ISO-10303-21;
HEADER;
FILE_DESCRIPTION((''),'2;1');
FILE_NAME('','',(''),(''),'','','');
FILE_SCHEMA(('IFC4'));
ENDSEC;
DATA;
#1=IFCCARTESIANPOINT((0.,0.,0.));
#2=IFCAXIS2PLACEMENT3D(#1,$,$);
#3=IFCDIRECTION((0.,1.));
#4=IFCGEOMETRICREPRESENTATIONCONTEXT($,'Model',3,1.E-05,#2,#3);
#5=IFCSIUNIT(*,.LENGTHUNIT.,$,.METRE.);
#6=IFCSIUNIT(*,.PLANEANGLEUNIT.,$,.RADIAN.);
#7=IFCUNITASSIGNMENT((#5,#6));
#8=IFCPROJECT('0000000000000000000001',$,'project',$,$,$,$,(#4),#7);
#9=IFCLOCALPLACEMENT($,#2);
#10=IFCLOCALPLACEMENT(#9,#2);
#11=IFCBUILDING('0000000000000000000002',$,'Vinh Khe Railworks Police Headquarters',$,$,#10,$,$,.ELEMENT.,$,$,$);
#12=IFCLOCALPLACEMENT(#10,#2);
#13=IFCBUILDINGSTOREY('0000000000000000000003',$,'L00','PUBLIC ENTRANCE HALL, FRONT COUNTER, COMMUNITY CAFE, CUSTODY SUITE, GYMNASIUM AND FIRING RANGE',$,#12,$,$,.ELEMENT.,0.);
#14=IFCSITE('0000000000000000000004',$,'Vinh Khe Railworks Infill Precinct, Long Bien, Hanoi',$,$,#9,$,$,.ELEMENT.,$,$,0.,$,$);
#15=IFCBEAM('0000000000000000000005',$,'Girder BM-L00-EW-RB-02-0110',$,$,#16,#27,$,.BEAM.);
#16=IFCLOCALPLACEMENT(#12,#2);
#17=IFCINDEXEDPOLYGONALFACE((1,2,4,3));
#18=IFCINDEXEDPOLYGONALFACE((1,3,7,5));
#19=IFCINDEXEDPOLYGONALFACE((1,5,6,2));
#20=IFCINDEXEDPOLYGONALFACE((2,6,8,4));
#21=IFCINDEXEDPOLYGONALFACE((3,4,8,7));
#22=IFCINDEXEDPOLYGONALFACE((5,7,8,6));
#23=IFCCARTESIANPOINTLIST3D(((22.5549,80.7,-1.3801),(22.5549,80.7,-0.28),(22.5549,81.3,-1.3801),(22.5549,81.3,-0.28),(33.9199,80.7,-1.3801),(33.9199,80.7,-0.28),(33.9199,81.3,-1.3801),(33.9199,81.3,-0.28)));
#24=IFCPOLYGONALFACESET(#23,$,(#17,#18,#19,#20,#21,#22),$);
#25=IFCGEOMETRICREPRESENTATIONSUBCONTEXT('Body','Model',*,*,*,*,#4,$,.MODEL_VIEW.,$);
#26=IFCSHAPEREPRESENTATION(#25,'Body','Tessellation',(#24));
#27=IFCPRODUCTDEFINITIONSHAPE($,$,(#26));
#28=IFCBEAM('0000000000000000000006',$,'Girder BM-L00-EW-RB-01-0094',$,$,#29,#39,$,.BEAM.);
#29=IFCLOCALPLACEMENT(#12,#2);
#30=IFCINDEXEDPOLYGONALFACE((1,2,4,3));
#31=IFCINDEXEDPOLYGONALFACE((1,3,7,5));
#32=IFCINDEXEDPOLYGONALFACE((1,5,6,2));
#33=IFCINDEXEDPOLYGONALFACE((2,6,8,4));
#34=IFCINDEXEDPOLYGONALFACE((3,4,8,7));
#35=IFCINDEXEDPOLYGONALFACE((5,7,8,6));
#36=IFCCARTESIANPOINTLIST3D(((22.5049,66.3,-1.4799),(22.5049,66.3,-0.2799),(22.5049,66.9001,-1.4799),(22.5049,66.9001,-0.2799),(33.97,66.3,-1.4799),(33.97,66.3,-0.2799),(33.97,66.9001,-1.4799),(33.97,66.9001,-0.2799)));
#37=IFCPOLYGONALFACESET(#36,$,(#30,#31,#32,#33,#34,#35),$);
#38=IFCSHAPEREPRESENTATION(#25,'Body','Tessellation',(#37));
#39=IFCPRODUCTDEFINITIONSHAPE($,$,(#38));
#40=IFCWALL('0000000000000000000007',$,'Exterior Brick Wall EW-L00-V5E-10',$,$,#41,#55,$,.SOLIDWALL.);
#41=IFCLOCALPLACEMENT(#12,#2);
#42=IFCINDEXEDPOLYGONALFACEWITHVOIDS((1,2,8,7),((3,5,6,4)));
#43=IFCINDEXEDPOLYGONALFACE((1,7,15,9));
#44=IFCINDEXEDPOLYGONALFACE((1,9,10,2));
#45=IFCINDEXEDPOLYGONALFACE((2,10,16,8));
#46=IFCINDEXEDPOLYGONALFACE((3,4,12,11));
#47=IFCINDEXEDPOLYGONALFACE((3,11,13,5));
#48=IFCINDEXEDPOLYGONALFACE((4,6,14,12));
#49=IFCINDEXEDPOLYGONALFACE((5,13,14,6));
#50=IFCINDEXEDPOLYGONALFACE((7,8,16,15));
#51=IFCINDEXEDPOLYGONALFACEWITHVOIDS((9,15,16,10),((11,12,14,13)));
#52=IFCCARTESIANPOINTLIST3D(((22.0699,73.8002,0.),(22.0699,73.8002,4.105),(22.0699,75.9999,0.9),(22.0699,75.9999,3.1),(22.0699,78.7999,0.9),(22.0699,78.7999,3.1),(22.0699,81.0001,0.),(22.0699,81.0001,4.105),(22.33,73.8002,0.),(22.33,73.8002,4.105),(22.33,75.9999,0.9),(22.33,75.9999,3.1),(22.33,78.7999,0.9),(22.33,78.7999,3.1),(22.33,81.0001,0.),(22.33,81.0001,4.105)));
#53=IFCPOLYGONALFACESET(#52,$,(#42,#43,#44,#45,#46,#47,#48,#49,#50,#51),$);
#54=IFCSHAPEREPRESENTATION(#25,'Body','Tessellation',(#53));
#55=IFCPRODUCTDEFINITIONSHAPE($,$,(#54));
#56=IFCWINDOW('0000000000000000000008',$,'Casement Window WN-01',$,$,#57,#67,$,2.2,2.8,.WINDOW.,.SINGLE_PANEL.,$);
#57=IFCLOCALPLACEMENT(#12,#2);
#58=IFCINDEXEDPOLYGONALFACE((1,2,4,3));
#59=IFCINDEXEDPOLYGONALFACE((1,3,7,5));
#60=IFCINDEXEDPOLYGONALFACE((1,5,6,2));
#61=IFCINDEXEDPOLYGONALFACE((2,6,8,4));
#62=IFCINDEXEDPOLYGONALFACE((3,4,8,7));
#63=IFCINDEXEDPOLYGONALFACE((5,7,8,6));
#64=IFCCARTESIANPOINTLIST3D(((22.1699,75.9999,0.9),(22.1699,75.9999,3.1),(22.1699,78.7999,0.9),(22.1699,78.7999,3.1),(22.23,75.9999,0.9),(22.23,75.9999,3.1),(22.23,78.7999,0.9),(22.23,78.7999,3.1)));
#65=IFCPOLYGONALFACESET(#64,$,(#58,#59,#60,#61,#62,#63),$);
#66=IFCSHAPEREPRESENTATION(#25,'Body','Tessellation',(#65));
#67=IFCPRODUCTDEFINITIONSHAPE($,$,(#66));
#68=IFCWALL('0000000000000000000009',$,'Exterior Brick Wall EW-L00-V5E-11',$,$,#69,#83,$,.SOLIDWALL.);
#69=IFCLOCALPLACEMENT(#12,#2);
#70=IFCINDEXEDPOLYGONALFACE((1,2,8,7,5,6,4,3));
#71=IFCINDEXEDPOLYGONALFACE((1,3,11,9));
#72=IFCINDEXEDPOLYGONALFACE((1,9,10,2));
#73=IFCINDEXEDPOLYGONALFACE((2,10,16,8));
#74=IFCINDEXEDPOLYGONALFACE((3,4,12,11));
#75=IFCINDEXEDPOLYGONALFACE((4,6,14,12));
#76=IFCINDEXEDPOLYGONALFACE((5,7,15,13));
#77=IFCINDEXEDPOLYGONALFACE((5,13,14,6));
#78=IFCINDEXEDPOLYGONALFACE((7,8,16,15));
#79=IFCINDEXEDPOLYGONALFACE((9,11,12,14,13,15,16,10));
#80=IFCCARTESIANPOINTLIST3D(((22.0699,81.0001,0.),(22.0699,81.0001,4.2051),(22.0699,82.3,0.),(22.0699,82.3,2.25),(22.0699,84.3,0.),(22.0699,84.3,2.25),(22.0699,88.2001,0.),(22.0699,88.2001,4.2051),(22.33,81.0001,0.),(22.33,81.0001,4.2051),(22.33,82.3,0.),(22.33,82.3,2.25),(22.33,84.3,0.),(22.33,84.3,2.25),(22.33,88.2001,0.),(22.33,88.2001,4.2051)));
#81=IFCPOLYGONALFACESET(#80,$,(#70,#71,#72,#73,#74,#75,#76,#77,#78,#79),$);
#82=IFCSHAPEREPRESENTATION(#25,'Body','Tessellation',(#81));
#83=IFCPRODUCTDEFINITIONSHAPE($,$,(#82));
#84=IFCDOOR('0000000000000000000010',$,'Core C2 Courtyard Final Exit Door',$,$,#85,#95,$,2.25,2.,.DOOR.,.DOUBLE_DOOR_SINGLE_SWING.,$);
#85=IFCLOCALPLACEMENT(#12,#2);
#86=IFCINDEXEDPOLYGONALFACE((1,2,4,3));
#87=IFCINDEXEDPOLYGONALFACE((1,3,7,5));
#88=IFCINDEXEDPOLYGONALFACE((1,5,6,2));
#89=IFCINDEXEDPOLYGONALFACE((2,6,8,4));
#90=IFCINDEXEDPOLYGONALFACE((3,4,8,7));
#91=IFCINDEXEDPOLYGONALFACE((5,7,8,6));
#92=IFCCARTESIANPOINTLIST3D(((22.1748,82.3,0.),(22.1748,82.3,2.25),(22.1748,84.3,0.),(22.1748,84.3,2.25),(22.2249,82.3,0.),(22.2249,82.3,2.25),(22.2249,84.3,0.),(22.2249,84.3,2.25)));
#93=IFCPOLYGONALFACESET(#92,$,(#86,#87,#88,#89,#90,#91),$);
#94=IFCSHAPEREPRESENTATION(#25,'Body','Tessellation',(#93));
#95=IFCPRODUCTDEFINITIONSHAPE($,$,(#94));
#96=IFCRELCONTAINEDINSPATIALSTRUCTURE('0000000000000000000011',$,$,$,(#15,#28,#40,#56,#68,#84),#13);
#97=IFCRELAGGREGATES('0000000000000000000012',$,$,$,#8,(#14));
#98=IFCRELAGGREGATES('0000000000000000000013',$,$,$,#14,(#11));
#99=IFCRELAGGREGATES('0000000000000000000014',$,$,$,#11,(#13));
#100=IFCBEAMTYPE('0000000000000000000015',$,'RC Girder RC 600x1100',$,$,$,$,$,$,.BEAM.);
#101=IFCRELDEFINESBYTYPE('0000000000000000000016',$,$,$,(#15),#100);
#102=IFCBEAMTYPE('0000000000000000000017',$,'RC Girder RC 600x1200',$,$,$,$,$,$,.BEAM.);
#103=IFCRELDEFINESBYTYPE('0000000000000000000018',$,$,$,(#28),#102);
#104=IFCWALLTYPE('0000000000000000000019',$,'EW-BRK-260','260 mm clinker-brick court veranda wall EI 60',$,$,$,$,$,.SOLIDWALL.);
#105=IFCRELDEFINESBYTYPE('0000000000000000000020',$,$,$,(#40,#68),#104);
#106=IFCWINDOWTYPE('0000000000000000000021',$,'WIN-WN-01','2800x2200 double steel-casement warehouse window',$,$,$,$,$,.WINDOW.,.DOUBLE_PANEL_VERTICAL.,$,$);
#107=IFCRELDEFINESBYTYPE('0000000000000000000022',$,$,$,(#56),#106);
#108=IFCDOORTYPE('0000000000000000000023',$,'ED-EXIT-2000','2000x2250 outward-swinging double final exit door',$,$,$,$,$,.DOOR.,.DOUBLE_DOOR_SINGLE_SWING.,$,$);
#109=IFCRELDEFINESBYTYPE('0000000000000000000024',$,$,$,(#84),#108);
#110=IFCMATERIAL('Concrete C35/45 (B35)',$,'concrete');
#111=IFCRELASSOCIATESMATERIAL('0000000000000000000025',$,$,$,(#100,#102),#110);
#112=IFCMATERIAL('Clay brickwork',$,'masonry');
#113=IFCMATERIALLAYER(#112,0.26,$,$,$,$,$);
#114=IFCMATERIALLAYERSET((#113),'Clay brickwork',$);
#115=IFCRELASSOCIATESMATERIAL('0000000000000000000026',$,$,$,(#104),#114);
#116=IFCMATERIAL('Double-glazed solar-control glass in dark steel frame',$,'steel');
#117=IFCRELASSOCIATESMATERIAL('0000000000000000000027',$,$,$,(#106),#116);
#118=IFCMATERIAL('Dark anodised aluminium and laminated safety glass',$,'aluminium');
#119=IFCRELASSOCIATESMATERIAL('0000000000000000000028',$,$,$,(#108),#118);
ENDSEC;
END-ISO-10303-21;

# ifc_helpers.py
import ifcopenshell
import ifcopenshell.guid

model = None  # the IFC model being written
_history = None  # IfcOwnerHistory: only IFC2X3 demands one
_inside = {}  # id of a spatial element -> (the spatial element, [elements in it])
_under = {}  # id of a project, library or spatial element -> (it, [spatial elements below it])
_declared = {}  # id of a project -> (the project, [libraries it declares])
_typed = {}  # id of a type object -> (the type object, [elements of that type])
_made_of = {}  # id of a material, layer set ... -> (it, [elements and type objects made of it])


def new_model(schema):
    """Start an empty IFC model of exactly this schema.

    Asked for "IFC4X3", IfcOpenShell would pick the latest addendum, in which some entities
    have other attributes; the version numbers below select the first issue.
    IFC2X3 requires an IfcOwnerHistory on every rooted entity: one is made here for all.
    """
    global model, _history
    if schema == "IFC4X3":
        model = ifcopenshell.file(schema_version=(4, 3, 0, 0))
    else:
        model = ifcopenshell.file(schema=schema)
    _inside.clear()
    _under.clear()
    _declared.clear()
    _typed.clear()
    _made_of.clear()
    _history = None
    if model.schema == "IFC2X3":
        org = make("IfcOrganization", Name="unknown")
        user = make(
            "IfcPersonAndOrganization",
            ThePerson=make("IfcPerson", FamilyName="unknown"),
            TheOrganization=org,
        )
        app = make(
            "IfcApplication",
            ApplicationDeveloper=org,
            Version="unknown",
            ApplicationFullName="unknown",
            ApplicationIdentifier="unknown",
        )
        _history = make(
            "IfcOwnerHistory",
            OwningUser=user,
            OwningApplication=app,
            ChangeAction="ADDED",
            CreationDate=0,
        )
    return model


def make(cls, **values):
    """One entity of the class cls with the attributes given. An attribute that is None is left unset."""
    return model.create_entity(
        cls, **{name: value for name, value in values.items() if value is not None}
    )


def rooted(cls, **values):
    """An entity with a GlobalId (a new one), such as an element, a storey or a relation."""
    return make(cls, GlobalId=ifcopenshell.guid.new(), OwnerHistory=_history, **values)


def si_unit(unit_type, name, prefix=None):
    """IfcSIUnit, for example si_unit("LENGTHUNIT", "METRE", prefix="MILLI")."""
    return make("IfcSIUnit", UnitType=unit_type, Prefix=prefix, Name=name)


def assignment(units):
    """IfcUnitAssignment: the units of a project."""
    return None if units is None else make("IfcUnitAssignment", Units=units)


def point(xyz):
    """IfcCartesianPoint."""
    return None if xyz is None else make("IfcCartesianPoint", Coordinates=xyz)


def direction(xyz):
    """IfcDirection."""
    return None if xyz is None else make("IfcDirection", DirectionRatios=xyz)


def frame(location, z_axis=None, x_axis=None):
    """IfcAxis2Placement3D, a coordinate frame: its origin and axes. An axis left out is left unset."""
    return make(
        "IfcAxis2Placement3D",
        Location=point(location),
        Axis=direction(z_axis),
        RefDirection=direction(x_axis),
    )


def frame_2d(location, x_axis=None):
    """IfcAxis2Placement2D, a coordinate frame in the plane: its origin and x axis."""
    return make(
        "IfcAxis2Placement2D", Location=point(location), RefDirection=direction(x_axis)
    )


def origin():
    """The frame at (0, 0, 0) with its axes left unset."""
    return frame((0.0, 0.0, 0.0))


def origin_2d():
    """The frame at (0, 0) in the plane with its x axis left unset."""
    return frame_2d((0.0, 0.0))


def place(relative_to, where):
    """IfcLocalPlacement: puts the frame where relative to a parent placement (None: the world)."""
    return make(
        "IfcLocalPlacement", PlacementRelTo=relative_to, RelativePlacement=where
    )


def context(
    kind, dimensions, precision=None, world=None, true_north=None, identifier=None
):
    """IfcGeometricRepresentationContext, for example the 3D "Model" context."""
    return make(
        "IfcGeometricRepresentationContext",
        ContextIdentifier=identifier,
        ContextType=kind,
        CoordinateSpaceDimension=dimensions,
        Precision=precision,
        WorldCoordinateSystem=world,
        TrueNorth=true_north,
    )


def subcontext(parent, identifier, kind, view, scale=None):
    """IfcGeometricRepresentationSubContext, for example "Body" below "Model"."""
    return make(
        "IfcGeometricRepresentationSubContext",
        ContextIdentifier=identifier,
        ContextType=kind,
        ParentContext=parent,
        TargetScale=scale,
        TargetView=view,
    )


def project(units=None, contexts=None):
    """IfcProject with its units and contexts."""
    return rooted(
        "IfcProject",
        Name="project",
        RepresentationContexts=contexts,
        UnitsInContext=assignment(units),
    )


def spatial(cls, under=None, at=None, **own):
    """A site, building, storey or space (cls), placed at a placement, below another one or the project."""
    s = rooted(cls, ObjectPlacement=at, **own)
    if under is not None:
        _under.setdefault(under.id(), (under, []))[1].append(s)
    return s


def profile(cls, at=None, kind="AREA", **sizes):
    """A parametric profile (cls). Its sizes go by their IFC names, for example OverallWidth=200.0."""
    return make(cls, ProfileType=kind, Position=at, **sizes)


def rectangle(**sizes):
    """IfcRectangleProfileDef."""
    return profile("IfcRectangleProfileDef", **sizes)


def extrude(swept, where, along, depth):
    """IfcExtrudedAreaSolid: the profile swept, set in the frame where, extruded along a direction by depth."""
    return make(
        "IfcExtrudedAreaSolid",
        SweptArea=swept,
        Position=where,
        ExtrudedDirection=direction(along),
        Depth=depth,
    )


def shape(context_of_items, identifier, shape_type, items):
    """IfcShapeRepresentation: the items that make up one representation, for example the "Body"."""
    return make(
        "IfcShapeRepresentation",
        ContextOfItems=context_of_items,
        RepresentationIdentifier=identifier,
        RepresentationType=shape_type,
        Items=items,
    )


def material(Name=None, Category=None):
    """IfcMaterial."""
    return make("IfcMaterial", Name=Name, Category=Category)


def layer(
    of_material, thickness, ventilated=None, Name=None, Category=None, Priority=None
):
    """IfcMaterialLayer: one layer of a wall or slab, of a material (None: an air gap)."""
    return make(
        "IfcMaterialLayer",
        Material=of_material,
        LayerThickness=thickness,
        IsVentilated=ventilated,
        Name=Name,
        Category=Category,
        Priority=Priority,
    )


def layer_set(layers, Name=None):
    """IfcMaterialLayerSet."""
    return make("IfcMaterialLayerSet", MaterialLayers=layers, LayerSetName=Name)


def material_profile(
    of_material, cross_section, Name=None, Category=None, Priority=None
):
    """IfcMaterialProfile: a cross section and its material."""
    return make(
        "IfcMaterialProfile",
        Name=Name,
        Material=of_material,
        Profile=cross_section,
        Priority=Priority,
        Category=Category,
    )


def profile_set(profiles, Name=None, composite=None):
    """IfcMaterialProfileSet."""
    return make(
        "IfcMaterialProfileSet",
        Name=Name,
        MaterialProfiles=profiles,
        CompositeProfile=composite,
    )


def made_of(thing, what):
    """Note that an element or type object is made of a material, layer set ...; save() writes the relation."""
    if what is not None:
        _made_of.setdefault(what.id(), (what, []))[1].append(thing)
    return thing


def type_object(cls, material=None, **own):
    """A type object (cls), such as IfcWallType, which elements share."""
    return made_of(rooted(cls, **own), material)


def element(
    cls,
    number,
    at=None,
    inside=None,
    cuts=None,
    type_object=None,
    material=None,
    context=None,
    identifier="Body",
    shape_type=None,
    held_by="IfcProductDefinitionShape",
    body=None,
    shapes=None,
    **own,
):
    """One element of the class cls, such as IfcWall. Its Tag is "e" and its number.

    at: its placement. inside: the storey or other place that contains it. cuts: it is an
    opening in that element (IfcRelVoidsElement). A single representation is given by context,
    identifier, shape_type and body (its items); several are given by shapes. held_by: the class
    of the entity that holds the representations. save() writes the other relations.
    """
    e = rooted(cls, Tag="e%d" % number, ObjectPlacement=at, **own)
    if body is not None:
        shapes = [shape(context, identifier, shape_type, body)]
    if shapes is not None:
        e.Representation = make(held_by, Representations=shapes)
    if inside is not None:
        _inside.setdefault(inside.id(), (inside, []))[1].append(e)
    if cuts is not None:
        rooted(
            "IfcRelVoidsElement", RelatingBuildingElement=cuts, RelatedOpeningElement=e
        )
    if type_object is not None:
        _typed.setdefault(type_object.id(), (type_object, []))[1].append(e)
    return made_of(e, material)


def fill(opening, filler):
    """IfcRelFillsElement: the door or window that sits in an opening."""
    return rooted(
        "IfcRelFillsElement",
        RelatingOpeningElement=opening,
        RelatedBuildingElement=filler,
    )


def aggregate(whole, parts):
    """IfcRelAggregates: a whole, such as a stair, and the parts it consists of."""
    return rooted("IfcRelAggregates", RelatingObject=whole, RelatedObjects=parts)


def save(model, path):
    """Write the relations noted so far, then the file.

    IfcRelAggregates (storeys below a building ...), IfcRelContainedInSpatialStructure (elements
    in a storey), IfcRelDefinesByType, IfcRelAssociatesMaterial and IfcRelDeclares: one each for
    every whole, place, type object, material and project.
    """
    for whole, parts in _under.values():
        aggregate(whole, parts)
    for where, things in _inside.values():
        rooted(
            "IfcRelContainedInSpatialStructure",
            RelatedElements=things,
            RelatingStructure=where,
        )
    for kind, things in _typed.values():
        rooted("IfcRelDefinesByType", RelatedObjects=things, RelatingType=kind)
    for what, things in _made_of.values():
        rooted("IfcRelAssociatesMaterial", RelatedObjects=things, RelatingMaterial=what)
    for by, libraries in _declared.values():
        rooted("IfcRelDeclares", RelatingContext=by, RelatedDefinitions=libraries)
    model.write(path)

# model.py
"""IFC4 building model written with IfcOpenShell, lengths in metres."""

from ifc_helpers import new_model, si_unit, direction, frame, frame_2d, origin, origin_2d, place, context, subcontext, project, spatial, rectangle, extrude, material, layer, layer_set, material_profile, profile_set, type_object, element, fill, save


model = new_model("IFC4")

# Units and contexts
model_context = context("Model", 3, precision=1e-05, world=origin(), true_north=direction((0.0, 1.0)))
body_context = subcontext(model_context, "Body", "Model", "MODEL_VIEW")
ifc_project = project(units=[si_unit("LENGTHUNIT", "METRE"), si_unit("PLANEANGLEUNIT", "RADIAN")], contexts=[model_context])

# Site, building, storey
site_placement = place(None, origin())
site = spatial("IfcSite", under=ifc_project, at=site_placement, Name="Vinh Khe Railworks Infill Precinct, Long Bien, Hanoi", CompositionType="ELEMENT", RefElevation=0.0)
building_placement = place(site_placement, origin())
building = spatial("IfcBuilding", under=site, at=building_placement, Name="Vinh Khe Railworks Police Headquarters", CompositionType="ELEMENT")
storey_placement = place(building_placement, origin())
storey = spatial("IfcBuildingStorey", under=building, at=storey_placement, Name="L00", Description="PUBLIC ENTRANCE HALL, FRONT COUNTER, COMMUNITY CAFE, CUSTODY SUITE, GYMNASIUM AND FIRING RANGE", CompositionType="ELEMENT", Elevation=0.0)

# Beams
ifc_material_1 = material(Name="Concrete C35/45 (B35)", Category="concrete")
ifc_material_profile_1 = material_profile(ifc_material_1, rectangle(XDim=0.6001, YDim=1.1001, at=origin_2d()), Name="RC 600x1100")
ifc_profile_set_1 = profile_set([ifc_material_profile_1], Name="Concrete C35/45 (B35)")
beam_type_1 = type_object("IfcBeamType", Name="RC Girder RC 600x1100", PredefinedType="BEAM", material=ifc_profile_set_1)
beam_1_placement = place(storey_placement, frame((22.5549, 81.0, -0.8301), z_axis=(1.0, 0.0, 0.0), x_axis=(0.0, 1.0, 0.0)))
element("IfcBeam", 1, at=beam_1_placement, inside=storey, type_object=beam_type_1, Name="Girder BM-L00-EW-RB-02-0110", PredefinedType="BEAM", context=body_context, shape_type="SweptSolid", body=[
    extrude(rectangle(XDim=0.6001, YDim=1.1001, at=origin_2d()), origin(), (0.0, 0.0, 1.0), 11.365),
])
ifc_material_profile_2 = material_profile(ifc_material_1, rectangle(XDim=0.6001, YDim=1.2, at=origin_2d()), Name="RC 600x1200")
ifc_profile_set_2 = profile_set([ifc_material_profile_2], Name="Concrete C35/45 (B35)")
beam_type_2 = type_object("IfcBeamType", Name="RC Girder RC 600x1200", PredefinedType="BEAM", material=ifc_profile_set_2)
beam_2_placement = place(storey_placement, frame((22.5049, 66.6001, -0.8799), z_axis=(1.0, 0.0, 0.0), x_axis=(0.0, 1.0, 0.0)))
element("IfcBeam", 2, at=beam_2_placement, inside=storey, type_object=beam_type_2, Name="Girder BM-L00-EW-RB-01-0094", PredefinedType="BEAM", context=body_context, shape_type="SweptSolid", body=[
    extrude(rectangle(XDim=0.6001, YDim=1.2, at=origin_2d()), origin(), (0.0, 0.0, 1.0), 11.4651),
])

# Wall, opening, window
ifc_material_2 = material(Name="Clay brickwork", Category="masonry")
ifc_layer = layer(ifc_material_2, 0.26)
ifc_layer_set = layer_set([ifc_layer], Name="Clay brickwork")
wall_type = type_object("IfcWallType", Name="EW-BRK-260", Description="260 mm clinker-brick court veranda wall EI 60", PredefinedType="SOLIDWALL", material=ifc_layer_set)
wall_1_placement = place(storey_placement, frame((22.2, 73.8, 0.0), z_axis=(0.0, 0.0, 1.0), x_axis=(0.0, 1.0, 0.0)))
wall_1 = element("IfcWall", 3, at=wall_1_placement, inside=storey, type_object=wall_type, Name="Exterior Brick Wall EW-L00-V5E-10", PredefinedType="SOLIDWALL", context=body_context, shape_type="SweptSolid", body=[
    extrude(rectangle(XDim=7.2, YDim=0.26, at=frame_2d((3.6001, 0.0))), origin(), (0.0, 0.0, 1.0), 4.105),
])
opening_1_placement = place(wall_1_placement, frame((2.2, 0.0, 0.8999)))
opening_1 = element("IfcOpeningElement", 4, at=opening_1_placement, cuts=wall_1, PredefinedType="OPENING", context=body_context, shape_type="SweptSolid", body=[
    extrude(rectangle(XDim=2.8, YDim=2.2, at=frame_2d((1.3999, 1.1001))), frame((0.0, 0.145, 0.0), z_axis=(0.0, -1.0, 0.0), x_axis=(1.0, 0.0, 0.0)), (0.0, 0.0, 1.0), 0.2898),
])
ifc_material_3 = material(Name="Double-glazed solar-control glass in dark steel frame", Category="steel")
window_type = type_object("IfcWindowType", Name="WIN-WN-01", Description="2800x2200 double steel-casement warehouse window", PartitioningType="DOUBLE_PANEL_VERTICAL", PredefinedType="WINDOW", material=ifc_material_3)
window_placement = place(opening_1_placement, origin())
window = element("IfcWindow", 5, at=window_placement, inside=storey, type_object=window_type, Name="Casement Window WN-01", OverallHeight=2.2, OverallWidth=2.8, PartitioningType="SINGLE_PANEL", PredefinedType="WINDOW", context=body_context, shape_type="SweptSolid", body=[
    extrude(rectangle(XDim=2.8, YDim=2.2, at=frame_2d((1.3999, 1.1001))), frame((0.0, 0.03, 0.0), z_axis=(0.0, -1.0, 0.0), x_axis=(1.0, 0.0, 0.0)), (0.0, 0.0, 1.0), 0.0601),
])
fill(opening_1, window)

# Wall, opening, door
wall_2_placement = place(storey_placement, frame((22.2, 81.0, 0.0), z_axis=(0.0, 0.0, 1.0), x_axis=(0.0, 1.0, 0.0)))
wall_2 = element("IfcWall", 6, at=wall_2_placement, inside=storey, type_object=wall_type, Name="Exterior Brick Wall EW-L00-V5E-11", PredefinedType="SOLIDWALL", context=body_context, shape_type="SweptSolid", body=[
    extrude(rectangle(XDim=7.2, YDim=0.26, at=frame_2d((3.6001, 0.0))), origin(), (0.0, 0.0, 1.0), 4.2051),
])
opening_2_placement = place(wall_2_placement, frame((1.3, 0.0, 0.0)))
opening_2 = element("IfcOpeningElement", 7, at=opening_2_placement, cuts=wall_2, PredefinedType="OPENING", context=body_context, shape_type="SweptSolid", body=[
    extrude(rectangle(XDim=2.0, YDim=2.25, at=frame_2d((1.0, 1.125))), frame((0.0, 0.145, 0.0), z_axis=(0.0, -1.0, 0.0), x_axis=(1.0, 0.0, 0.0)), (0.0, 0.0, 1.0), 0.2898),
])
ifc_material_4 = material(Name="Dark anodised aluminium and laminated safety glass", Category="aluminium")
door_type = type_object("IfcDoorType", Name="ED-EXIT-2000", Description="2000x2250 outward-swinging double final exit door", OperationType="DOUBLE_DOOR_SINGLE_SWING", PredefinedType="DOOR", material=ifc_material_4)
door_placement = place(opening_2_placement, frame((2.0, 0.0, 0.0), z_axis=(0.0, 0.0, 1.0), x_axis=(-1.0, 0.0, 0.0)))
door = element("IfcDoor", 8, at=door_placement, inside=storey, type_object=door_type, Name="Core C2 Courtyard Final Exit Door", OperationType="DOUBLE_DOOR_SINGLE_SWING", OverallHeight=2.25, OverallWidth=2.0, PredefinedType="DOOR", context=body_context, shape_type="SweptSolid", body=[
    extrude(rectangle(XDim=2.0, YDim=2.25, at=frame_2d((1.0, 1.125))), frame((0.0, 0.0249, 0.0), z_axis=(0.0, -1.0, 0.0), x_axis=(1.0, 0.0, 0.0)), (0.0, 0.0, 1.0), 0.05),
])
fill(opening_2, door)

save(model, "model.ifc")
